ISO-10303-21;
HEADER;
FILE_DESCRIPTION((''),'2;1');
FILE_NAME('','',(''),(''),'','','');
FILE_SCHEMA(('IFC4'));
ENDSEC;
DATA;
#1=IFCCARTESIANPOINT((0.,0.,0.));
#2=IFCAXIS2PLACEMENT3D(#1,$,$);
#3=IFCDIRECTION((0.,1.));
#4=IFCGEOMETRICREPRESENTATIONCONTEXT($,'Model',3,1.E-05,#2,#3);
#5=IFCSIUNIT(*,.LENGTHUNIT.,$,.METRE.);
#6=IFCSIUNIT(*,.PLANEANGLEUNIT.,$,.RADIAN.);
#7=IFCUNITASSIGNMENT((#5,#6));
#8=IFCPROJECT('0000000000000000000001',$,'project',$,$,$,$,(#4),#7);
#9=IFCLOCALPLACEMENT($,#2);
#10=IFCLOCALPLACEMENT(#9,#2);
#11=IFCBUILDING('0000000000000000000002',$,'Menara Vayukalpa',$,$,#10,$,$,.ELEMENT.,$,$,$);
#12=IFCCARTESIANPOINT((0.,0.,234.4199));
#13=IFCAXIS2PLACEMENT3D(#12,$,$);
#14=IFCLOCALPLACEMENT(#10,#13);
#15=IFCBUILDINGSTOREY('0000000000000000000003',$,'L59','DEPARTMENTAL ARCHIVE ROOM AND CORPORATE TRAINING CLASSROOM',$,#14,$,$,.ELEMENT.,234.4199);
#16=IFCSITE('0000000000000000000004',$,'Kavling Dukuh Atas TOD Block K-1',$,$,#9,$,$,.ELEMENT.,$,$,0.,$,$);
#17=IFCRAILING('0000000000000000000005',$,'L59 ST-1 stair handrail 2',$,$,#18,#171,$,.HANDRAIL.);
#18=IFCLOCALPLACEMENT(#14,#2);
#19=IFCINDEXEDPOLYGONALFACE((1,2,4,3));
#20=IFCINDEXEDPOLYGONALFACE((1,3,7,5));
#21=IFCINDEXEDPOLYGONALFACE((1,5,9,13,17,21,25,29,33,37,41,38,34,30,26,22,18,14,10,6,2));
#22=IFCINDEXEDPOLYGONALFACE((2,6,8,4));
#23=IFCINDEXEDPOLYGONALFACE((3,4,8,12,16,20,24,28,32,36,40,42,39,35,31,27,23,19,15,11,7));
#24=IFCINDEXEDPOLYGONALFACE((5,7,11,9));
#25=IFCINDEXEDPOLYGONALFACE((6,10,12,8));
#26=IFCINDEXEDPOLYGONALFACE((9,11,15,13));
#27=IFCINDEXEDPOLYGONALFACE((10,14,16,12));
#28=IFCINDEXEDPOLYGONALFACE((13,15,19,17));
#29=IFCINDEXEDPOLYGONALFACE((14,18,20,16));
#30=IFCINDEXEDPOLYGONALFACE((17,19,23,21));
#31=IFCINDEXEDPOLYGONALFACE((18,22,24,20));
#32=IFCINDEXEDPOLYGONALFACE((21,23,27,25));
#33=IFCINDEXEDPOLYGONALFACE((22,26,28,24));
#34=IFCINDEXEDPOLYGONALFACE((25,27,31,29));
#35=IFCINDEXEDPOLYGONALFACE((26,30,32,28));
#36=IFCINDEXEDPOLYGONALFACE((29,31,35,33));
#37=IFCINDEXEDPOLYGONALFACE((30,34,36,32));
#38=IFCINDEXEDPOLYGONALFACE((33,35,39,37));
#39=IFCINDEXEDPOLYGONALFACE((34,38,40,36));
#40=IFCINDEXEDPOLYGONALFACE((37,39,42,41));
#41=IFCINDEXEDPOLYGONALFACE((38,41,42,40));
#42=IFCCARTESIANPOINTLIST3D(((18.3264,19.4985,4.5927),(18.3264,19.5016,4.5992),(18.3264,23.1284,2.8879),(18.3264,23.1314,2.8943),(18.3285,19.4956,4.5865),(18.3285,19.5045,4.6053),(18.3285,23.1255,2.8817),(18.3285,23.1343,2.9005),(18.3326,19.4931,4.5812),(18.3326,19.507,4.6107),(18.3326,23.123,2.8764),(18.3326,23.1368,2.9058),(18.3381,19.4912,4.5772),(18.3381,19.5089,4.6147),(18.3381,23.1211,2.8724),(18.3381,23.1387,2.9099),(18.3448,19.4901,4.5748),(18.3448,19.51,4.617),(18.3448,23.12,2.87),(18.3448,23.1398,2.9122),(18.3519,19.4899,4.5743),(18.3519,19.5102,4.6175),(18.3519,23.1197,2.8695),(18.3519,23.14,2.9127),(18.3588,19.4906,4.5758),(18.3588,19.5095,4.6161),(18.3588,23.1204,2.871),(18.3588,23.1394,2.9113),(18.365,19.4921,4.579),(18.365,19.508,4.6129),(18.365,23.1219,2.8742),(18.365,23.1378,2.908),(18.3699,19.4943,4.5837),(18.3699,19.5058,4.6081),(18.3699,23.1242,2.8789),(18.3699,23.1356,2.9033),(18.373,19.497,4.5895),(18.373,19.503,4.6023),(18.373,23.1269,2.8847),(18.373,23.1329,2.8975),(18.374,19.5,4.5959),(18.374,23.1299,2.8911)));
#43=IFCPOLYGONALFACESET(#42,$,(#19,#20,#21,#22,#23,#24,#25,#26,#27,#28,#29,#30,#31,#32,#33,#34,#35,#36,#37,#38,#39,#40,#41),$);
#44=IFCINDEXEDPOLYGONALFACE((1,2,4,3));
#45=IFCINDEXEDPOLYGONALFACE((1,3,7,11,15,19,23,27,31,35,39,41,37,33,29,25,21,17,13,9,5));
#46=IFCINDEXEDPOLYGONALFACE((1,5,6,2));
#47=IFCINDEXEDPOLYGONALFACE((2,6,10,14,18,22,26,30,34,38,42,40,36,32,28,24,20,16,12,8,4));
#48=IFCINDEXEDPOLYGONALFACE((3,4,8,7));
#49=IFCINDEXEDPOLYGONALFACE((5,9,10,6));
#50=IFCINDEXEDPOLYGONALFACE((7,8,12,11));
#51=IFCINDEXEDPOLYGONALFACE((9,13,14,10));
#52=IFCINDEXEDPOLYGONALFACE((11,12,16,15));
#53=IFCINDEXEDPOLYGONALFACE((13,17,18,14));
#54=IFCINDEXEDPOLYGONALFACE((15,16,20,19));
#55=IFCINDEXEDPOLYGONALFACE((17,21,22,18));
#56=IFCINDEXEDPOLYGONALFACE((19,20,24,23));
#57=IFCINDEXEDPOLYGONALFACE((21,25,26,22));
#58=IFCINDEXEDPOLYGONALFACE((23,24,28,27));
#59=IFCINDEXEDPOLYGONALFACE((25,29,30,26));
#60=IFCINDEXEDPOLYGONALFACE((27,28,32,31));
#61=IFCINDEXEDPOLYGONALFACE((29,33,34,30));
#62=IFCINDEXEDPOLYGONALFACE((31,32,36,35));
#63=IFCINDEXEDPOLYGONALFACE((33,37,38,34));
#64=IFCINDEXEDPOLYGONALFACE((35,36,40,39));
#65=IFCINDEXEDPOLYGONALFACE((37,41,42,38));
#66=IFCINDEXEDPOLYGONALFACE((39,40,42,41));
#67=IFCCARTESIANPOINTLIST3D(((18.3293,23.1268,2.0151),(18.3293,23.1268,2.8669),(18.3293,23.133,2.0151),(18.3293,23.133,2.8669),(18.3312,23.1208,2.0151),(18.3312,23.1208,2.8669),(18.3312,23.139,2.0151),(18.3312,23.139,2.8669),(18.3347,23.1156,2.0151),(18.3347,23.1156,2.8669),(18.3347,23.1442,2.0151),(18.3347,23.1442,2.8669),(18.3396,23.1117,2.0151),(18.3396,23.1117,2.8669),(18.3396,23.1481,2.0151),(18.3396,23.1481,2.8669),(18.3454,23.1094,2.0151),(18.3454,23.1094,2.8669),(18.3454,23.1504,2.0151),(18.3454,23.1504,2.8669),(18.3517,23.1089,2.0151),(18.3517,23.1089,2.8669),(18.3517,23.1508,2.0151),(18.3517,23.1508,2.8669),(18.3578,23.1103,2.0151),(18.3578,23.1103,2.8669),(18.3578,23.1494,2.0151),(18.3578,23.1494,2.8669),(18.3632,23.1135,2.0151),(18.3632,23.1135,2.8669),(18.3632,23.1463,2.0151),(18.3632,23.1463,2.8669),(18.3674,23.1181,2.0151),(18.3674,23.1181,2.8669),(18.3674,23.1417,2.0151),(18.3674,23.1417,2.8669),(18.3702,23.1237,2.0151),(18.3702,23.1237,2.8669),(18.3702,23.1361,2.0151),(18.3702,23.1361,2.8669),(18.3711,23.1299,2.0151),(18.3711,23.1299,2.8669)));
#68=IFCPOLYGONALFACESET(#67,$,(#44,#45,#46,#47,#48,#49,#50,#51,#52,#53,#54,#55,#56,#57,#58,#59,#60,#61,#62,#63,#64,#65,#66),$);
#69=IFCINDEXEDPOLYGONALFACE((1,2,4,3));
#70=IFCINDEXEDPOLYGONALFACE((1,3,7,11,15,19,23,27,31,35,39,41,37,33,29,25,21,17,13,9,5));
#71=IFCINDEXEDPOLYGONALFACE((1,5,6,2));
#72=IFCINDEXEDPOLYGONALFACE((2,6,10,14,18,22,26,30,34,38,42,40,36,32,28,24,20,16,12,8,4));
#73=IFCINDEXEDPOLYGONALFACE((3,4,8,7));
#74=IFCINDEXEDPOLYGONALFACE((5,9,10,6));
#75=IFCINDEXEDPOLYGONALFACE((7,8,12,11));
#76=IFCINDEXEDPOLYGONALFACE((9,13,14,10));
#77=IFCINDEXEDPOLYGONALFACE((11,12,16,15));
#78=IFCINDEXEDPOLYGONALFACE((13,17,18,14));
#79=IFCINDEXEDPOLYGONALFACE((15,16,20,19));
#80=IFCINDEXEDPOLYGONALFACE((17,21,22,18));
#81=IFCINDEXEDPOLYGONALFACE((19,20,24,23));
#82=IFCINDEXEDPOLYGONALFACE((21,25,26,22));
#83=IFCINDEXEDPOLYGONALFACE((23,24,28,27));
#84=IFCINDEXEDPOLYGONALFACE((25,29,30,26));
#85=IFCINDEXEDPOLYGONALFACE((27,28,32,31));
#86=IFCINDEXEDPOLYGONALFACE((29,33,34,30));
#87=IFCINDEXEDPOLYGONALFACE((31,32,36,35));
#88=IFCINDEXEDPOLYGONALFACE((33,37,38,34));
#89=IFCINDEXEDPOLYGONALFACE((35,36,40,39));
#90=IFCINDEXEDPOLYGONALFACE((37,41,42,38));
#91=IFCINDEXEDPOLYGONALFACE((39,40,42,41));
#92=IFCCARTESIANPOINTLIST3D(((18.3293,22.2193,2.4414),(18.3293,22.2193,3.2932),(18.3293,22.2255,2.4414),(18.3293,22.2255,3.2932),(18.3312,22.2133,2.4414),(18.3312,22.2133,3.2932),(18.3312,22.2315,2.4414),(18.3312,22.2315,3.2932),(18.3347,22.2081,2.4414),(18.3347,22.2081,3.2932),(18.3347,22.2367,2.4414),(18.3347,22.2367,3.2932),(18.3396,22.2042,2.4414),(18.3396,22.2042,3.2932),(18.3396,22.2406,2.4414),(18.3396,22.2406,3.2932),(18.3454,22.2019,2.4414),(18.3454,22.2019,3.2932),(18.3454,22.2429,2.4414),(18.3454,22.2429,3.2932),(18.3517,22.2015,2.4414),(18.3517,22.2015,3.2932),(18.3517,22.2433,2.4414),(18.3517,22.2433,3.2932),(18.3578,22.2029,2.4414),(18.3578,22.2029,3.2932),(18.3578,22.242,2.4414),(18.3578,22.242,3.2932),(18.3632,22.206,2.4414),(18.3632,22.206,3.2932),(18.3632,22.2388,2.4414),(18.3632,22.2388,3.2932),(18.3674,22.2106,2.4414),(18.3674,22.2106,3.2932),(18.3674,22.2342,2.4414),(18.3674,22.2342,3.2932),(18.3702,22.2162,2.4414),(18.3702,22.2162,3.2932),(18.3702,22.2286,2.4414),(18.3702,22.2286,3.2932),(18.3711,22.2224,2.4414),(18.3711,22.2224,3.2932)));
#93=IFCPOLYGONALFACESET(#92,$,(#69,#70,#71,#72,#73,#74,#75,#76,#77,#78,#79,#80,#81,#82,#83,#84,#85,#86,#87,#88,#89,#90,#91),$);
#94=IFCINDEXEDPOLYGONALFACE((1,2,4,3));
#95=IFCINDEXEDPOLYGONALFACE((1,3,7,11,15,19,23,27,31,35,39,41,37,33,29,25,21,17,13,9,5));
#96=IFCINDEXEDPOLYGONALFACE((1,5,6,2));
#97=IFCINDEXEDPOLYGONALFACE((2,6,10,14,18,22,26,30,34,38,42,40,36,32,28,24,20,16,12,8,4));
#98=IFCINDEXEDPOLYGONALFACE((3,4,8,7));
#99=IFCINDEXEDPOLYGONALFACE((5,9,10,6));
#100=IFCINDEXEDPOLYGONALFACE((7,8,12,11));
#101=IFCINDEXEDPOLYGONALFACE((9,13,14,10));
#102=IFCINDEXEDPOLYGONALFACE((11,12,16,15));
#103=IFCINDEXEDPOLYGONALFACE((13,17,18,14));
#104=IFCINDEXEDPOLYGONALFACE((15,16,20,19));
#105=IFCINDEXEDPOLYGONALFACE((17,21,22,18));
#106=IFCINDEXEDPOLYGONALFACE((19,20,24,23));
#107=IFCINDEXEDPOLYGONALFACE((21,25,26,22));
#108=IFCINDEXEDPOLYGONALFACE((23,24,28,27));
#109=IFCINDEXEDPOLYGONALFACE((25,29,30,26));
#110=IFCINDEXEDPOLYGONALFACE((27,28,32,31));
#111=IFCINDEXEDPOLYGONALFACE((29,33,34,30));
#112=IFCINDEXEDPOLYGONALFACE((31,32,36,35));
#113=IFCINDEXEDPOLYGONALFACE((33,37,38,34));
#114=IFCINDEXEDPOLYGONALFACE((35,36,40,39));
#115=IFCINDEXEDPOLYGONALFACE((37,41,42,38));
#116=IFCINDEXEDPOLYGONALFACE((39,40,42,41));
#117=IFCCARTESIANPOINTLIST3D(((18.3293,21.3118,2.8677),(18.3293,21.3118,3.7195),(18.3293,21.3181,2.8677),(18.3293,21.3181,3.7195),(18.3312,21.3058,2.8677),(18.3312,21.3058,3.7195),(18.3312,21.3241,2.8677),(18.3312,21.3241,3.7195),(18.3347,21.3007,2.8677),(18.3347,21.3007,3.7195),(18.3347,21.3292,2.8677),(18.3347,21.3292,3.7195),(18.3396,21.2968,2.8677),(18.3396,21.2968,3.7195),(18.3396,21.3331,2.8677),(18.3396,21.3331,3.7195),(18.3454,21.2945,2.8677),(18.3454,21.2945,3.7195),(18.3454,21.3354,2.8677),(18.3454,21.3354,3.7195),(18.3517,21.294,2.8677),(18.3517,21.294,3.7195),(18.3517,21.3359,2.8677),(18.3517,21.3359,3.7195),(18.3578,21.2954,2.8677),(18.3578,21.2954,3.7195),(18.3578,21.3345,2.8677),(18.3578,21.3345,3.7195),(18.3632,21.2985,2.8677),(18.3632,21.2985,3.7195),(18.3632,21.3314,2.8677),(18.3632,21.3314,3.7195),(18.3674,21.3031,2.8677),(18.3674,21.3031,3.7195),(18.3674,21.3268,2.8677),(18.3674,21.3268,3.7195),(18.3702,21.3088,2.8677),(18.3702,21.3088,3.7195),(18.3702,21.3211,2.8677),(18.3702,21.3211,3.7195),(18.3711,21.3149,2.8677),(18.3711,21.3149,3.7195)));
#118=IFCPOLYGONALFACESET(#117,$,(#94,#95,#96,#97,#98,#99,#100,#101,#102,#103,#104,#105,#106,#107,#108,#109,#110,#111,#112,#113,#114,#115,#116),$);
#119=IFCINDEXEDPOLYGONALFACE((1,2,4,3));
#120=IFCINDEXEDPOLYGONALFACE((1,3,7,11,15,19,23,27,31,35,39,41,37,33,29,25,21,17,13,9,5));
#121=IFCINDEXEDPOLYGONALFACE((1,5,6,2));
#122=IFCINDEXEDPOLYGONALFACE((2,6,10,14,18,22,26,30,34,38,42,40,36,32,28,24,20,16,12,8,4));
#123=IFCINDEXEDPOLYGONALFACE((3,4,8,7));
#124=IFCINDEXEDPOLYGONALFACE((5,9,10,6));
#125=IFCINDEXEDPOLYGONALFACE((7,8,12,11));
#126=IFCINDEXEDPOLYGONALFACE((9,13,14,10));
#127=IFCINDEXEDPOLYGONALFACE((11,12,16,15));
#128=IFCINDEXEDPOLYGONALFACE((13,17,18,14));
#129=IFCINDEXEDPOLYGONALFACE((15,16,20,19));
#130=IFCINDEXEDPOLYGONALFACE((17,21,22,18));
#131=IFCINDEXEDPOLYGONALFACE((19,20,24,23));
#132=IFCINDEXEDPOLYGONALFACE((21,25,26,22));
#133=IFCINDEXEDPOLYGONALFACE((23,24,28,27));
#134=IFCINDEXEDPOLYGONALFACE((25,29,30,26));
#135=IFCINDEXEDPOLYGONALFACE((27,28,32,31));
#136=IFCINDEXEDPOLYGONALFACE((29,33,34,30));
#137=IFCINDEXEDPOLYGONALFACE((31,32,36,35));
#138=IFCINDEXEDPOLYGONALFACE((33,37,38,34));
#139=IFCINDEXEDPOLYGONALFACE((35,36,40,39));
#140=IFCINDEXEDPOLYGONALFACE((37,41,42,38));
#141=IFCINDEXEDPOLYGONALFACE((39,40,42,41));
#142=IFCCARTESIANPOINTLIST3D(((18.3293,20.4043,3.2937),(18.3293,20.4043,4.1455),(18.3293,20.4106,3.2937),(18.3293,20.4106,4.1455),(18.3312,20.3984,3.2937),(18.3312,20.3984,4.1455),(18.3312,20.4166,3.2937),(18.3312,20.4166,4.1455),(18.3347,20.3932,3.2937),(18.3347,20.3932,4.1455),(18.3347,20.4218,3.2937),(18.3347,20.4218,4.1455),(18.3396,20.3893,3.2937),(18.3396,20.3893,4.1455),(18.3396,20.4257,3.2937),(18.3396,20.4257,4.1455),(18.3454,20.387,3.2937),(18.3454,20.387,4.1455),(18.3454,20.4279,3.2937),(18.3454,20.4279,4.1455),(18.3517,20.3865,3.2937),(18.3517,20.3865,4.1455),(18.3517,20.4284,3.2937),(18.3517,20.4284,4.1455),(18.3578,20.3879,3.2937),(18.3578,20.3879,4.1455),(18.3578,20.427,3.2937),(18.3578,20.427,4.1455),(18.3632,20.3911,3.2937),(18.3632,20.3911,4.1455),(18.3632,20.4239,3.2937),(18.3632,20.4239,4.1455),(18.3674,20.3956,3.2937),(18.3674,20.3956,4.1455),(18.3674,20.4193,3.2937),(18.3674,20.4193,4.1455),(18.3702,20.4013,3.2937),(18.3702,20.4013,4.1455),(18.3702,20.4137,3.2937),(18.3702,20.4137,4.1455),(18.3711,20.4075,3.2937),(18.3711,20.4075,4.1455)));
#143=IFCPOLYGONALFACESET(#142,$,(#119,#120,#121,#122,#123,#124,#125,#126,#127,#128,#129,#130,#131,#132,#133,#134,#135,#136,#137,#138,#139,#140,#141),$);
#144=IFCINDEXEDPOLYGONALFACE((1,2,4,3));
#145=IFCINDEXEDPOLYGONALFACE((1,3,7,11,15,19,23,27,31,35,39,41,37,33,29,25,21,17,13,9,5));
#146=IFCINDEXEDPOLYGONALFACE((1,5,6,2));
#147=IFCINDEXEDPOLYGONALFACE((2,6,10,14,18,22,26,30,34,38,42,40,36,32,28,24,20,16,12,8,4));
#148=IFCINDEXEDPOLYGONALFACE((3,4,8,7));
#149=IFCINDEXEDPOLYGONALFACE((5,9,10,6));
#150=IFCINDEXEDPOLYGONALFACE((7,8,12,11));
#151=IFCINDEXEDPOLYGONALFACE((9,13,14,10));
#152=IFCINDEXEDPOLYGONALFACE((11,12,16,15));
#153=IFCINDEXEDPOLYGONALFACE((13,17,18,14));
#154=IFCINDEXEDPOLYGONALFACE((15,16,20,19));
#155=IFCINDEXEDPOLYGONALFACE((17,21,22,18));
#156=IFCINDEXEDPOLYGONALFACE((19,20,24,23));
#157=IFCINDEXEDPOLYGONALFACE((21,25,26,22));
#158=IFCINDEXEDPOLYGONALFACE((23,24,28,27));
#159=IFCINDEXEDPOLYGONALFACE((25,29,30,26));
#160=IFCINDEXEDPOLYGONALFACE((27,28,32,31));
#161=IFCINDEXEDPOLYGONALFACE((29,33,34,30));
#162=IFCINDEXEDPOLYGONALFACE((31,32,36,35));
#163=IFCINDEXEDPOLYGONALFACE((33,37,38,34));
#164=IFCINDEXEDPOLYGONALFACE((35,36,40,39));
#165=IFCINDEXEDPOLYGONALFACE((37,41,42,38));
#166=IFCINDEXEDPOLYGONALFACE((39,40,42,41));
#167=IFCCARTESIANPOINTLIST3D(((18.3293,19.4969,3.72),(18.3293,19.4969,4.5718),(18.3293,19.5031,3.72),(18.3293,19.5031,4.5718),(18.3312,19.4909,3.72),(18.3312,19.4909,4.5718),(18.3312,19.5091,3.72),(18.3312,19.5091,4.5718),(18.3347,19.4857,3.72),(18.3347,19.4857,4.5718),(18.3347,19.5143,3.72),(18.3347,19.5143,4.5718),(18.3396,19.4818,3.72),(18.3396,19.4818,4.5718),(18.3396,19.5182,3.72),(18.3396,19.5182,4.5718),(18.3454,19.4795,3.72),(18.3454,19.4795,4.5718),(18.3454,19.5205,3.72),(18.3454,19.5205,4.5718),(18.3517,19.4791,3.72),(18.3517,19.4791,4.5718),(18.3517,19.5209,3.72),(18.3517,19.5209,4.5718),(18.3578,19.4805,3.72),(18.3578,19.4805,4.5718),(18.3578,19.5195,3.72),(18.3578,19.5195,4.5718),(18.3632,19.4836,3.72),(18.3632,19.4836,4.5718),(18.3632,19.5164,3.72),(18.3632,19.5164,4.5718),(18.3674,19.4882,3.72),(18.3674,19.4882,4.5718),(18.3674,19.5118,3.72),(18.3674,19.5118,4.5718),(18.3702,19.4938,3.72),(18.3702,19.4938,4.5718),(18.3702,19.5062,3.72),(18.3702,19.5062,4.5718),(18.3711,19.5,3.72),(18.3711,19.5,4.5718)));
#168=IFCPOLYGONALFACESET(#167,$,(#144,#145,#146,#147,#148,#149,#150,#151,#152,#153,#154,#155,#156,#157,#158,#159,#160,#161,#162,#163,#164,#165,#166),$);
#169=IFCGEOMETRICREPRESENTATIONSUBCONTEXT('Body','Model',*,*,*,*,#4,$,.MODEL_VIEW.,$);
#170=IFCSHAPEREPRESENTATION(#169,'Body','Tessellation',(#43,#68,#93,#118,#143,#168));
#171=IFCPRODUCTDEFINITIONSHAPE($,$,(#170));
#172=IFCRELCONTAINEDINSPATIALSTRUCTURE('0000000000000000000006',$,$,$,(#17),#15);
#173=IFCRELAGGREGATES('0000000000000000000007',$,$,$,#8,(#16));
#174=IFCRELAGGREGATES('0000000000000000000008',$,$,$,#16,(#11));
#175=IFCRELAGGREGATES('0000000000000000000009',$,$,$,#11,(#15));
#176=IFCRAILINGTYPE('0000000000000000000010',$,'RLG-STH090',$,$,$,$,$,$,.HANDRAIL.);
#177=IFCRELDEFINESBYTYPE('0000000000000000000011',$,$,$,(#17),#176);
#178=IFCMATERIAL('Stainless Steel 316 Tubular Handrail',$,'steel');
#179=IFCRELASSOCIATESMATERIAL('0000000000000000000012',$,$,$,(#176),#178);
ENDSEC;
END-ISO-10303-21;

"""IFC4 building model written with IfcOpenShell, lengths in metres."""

from ifc_helpers import new_model, si_unit, direction, frame, origin, origin_2d, place, context, subcontext, project, spatial, circle, extrude, material, type_object, element, save


model = new_model("IFC4")

# Units and contexts
model_context = context("Model", 3, precision=1e-05, world=origin(), true_north=direction((0.0, 1.0)))
body_context = subcontext(model_context, "Body", "Model", "MODEL_VIEW")
ifc_project = project(units=[si_unit("LENGTHUNIT", "METRE"), si_unit("PLANEANGLEUNIT", "RADIAN")], contexts=[model_context])

# Site, building, storey
site_placement = place(None, origin())
site = spatial("IfcSite", under=ifc_project, at=site_placement, Name="Kavling Dukuh Atas TOD Block K-1", CompositionType="ELEMENT", RefElevation=0.0)
building_placement = place(site_placement, origin())
building = spatial("IfcBuilding", under=site, at=building_placement, Name="Menara Vayukalpa", CompositionType="ELEMENT")
storey_placement = place(building_placement, frame((0.0, 0.0, 234.4199)))
storey = spatial("IfcBuildingStorey", under=building, at=storey_placement, Name="L59", Description="DEPARTMENTAL ARCHIVE ROOM AND CORPORATE TRAINING CLASSROOM", CompositionType="ELEMENT", Elevation=234.4199)

# Railing
ifc_material_1 = material(Name="Stainless Steel 316 Tubular Handrail", Category="steel")
railing_type_1 = type_object("IfcRailingType", Name="RLG-STH090", PredefinedType="HANDRAIL", material=ifc_material_1)
railing_1_placement = place(storey_placement, frame((18.3501, 23.1299, 2.0151)))
element("IfcRailing", 1, at=railing_1_placement, inside=storey, type_object=railing_type_1, Name="L59 ST-1 stair handrail 2", PredefinedType="HANDRAIL", context=body_context, shape_type="SweptSolid", body=[
    extrude(circle(Radius=0.0239, at=origin_2d()), frame((0.0, 0.0, 0.876), z_axis=(0.0, -0.90514, 0.425114), x_axis=(1.0, 0.0, 0.0)), (0.0, 0.0, 1.0), 4.0103),
    extrude(circle(Radius=0.021, at=origin_2d()), origin(), (0.0, 0.0, 1.0), 0.8518),
    extrude(circle(Radius=0.021, at=origin_2d()), frame((0.0, -0.9075, 0.4263)), (0.0, 0.0, 1.0), 0.8518),
    extrude(circle(Radius=0.021, at=origin_2d()), frame((0.0, -1.8149, 0.8525)), (0.0, 0.0, 1.0), 0.8518),
    extrude(circle(Radius=0.021, at=origin_2d()), frame((0.0, -2.7224, 1.2786)), (0.0, 0.0, 1.0), 0.8518),
    extrude(circle(Radius=0.021, at=origin_2d()), frame((0.0, -3.6299, 1.7048)), (0.0, 0.0, 1.0), 0.8518),
])

save(model, "model.ifc")
